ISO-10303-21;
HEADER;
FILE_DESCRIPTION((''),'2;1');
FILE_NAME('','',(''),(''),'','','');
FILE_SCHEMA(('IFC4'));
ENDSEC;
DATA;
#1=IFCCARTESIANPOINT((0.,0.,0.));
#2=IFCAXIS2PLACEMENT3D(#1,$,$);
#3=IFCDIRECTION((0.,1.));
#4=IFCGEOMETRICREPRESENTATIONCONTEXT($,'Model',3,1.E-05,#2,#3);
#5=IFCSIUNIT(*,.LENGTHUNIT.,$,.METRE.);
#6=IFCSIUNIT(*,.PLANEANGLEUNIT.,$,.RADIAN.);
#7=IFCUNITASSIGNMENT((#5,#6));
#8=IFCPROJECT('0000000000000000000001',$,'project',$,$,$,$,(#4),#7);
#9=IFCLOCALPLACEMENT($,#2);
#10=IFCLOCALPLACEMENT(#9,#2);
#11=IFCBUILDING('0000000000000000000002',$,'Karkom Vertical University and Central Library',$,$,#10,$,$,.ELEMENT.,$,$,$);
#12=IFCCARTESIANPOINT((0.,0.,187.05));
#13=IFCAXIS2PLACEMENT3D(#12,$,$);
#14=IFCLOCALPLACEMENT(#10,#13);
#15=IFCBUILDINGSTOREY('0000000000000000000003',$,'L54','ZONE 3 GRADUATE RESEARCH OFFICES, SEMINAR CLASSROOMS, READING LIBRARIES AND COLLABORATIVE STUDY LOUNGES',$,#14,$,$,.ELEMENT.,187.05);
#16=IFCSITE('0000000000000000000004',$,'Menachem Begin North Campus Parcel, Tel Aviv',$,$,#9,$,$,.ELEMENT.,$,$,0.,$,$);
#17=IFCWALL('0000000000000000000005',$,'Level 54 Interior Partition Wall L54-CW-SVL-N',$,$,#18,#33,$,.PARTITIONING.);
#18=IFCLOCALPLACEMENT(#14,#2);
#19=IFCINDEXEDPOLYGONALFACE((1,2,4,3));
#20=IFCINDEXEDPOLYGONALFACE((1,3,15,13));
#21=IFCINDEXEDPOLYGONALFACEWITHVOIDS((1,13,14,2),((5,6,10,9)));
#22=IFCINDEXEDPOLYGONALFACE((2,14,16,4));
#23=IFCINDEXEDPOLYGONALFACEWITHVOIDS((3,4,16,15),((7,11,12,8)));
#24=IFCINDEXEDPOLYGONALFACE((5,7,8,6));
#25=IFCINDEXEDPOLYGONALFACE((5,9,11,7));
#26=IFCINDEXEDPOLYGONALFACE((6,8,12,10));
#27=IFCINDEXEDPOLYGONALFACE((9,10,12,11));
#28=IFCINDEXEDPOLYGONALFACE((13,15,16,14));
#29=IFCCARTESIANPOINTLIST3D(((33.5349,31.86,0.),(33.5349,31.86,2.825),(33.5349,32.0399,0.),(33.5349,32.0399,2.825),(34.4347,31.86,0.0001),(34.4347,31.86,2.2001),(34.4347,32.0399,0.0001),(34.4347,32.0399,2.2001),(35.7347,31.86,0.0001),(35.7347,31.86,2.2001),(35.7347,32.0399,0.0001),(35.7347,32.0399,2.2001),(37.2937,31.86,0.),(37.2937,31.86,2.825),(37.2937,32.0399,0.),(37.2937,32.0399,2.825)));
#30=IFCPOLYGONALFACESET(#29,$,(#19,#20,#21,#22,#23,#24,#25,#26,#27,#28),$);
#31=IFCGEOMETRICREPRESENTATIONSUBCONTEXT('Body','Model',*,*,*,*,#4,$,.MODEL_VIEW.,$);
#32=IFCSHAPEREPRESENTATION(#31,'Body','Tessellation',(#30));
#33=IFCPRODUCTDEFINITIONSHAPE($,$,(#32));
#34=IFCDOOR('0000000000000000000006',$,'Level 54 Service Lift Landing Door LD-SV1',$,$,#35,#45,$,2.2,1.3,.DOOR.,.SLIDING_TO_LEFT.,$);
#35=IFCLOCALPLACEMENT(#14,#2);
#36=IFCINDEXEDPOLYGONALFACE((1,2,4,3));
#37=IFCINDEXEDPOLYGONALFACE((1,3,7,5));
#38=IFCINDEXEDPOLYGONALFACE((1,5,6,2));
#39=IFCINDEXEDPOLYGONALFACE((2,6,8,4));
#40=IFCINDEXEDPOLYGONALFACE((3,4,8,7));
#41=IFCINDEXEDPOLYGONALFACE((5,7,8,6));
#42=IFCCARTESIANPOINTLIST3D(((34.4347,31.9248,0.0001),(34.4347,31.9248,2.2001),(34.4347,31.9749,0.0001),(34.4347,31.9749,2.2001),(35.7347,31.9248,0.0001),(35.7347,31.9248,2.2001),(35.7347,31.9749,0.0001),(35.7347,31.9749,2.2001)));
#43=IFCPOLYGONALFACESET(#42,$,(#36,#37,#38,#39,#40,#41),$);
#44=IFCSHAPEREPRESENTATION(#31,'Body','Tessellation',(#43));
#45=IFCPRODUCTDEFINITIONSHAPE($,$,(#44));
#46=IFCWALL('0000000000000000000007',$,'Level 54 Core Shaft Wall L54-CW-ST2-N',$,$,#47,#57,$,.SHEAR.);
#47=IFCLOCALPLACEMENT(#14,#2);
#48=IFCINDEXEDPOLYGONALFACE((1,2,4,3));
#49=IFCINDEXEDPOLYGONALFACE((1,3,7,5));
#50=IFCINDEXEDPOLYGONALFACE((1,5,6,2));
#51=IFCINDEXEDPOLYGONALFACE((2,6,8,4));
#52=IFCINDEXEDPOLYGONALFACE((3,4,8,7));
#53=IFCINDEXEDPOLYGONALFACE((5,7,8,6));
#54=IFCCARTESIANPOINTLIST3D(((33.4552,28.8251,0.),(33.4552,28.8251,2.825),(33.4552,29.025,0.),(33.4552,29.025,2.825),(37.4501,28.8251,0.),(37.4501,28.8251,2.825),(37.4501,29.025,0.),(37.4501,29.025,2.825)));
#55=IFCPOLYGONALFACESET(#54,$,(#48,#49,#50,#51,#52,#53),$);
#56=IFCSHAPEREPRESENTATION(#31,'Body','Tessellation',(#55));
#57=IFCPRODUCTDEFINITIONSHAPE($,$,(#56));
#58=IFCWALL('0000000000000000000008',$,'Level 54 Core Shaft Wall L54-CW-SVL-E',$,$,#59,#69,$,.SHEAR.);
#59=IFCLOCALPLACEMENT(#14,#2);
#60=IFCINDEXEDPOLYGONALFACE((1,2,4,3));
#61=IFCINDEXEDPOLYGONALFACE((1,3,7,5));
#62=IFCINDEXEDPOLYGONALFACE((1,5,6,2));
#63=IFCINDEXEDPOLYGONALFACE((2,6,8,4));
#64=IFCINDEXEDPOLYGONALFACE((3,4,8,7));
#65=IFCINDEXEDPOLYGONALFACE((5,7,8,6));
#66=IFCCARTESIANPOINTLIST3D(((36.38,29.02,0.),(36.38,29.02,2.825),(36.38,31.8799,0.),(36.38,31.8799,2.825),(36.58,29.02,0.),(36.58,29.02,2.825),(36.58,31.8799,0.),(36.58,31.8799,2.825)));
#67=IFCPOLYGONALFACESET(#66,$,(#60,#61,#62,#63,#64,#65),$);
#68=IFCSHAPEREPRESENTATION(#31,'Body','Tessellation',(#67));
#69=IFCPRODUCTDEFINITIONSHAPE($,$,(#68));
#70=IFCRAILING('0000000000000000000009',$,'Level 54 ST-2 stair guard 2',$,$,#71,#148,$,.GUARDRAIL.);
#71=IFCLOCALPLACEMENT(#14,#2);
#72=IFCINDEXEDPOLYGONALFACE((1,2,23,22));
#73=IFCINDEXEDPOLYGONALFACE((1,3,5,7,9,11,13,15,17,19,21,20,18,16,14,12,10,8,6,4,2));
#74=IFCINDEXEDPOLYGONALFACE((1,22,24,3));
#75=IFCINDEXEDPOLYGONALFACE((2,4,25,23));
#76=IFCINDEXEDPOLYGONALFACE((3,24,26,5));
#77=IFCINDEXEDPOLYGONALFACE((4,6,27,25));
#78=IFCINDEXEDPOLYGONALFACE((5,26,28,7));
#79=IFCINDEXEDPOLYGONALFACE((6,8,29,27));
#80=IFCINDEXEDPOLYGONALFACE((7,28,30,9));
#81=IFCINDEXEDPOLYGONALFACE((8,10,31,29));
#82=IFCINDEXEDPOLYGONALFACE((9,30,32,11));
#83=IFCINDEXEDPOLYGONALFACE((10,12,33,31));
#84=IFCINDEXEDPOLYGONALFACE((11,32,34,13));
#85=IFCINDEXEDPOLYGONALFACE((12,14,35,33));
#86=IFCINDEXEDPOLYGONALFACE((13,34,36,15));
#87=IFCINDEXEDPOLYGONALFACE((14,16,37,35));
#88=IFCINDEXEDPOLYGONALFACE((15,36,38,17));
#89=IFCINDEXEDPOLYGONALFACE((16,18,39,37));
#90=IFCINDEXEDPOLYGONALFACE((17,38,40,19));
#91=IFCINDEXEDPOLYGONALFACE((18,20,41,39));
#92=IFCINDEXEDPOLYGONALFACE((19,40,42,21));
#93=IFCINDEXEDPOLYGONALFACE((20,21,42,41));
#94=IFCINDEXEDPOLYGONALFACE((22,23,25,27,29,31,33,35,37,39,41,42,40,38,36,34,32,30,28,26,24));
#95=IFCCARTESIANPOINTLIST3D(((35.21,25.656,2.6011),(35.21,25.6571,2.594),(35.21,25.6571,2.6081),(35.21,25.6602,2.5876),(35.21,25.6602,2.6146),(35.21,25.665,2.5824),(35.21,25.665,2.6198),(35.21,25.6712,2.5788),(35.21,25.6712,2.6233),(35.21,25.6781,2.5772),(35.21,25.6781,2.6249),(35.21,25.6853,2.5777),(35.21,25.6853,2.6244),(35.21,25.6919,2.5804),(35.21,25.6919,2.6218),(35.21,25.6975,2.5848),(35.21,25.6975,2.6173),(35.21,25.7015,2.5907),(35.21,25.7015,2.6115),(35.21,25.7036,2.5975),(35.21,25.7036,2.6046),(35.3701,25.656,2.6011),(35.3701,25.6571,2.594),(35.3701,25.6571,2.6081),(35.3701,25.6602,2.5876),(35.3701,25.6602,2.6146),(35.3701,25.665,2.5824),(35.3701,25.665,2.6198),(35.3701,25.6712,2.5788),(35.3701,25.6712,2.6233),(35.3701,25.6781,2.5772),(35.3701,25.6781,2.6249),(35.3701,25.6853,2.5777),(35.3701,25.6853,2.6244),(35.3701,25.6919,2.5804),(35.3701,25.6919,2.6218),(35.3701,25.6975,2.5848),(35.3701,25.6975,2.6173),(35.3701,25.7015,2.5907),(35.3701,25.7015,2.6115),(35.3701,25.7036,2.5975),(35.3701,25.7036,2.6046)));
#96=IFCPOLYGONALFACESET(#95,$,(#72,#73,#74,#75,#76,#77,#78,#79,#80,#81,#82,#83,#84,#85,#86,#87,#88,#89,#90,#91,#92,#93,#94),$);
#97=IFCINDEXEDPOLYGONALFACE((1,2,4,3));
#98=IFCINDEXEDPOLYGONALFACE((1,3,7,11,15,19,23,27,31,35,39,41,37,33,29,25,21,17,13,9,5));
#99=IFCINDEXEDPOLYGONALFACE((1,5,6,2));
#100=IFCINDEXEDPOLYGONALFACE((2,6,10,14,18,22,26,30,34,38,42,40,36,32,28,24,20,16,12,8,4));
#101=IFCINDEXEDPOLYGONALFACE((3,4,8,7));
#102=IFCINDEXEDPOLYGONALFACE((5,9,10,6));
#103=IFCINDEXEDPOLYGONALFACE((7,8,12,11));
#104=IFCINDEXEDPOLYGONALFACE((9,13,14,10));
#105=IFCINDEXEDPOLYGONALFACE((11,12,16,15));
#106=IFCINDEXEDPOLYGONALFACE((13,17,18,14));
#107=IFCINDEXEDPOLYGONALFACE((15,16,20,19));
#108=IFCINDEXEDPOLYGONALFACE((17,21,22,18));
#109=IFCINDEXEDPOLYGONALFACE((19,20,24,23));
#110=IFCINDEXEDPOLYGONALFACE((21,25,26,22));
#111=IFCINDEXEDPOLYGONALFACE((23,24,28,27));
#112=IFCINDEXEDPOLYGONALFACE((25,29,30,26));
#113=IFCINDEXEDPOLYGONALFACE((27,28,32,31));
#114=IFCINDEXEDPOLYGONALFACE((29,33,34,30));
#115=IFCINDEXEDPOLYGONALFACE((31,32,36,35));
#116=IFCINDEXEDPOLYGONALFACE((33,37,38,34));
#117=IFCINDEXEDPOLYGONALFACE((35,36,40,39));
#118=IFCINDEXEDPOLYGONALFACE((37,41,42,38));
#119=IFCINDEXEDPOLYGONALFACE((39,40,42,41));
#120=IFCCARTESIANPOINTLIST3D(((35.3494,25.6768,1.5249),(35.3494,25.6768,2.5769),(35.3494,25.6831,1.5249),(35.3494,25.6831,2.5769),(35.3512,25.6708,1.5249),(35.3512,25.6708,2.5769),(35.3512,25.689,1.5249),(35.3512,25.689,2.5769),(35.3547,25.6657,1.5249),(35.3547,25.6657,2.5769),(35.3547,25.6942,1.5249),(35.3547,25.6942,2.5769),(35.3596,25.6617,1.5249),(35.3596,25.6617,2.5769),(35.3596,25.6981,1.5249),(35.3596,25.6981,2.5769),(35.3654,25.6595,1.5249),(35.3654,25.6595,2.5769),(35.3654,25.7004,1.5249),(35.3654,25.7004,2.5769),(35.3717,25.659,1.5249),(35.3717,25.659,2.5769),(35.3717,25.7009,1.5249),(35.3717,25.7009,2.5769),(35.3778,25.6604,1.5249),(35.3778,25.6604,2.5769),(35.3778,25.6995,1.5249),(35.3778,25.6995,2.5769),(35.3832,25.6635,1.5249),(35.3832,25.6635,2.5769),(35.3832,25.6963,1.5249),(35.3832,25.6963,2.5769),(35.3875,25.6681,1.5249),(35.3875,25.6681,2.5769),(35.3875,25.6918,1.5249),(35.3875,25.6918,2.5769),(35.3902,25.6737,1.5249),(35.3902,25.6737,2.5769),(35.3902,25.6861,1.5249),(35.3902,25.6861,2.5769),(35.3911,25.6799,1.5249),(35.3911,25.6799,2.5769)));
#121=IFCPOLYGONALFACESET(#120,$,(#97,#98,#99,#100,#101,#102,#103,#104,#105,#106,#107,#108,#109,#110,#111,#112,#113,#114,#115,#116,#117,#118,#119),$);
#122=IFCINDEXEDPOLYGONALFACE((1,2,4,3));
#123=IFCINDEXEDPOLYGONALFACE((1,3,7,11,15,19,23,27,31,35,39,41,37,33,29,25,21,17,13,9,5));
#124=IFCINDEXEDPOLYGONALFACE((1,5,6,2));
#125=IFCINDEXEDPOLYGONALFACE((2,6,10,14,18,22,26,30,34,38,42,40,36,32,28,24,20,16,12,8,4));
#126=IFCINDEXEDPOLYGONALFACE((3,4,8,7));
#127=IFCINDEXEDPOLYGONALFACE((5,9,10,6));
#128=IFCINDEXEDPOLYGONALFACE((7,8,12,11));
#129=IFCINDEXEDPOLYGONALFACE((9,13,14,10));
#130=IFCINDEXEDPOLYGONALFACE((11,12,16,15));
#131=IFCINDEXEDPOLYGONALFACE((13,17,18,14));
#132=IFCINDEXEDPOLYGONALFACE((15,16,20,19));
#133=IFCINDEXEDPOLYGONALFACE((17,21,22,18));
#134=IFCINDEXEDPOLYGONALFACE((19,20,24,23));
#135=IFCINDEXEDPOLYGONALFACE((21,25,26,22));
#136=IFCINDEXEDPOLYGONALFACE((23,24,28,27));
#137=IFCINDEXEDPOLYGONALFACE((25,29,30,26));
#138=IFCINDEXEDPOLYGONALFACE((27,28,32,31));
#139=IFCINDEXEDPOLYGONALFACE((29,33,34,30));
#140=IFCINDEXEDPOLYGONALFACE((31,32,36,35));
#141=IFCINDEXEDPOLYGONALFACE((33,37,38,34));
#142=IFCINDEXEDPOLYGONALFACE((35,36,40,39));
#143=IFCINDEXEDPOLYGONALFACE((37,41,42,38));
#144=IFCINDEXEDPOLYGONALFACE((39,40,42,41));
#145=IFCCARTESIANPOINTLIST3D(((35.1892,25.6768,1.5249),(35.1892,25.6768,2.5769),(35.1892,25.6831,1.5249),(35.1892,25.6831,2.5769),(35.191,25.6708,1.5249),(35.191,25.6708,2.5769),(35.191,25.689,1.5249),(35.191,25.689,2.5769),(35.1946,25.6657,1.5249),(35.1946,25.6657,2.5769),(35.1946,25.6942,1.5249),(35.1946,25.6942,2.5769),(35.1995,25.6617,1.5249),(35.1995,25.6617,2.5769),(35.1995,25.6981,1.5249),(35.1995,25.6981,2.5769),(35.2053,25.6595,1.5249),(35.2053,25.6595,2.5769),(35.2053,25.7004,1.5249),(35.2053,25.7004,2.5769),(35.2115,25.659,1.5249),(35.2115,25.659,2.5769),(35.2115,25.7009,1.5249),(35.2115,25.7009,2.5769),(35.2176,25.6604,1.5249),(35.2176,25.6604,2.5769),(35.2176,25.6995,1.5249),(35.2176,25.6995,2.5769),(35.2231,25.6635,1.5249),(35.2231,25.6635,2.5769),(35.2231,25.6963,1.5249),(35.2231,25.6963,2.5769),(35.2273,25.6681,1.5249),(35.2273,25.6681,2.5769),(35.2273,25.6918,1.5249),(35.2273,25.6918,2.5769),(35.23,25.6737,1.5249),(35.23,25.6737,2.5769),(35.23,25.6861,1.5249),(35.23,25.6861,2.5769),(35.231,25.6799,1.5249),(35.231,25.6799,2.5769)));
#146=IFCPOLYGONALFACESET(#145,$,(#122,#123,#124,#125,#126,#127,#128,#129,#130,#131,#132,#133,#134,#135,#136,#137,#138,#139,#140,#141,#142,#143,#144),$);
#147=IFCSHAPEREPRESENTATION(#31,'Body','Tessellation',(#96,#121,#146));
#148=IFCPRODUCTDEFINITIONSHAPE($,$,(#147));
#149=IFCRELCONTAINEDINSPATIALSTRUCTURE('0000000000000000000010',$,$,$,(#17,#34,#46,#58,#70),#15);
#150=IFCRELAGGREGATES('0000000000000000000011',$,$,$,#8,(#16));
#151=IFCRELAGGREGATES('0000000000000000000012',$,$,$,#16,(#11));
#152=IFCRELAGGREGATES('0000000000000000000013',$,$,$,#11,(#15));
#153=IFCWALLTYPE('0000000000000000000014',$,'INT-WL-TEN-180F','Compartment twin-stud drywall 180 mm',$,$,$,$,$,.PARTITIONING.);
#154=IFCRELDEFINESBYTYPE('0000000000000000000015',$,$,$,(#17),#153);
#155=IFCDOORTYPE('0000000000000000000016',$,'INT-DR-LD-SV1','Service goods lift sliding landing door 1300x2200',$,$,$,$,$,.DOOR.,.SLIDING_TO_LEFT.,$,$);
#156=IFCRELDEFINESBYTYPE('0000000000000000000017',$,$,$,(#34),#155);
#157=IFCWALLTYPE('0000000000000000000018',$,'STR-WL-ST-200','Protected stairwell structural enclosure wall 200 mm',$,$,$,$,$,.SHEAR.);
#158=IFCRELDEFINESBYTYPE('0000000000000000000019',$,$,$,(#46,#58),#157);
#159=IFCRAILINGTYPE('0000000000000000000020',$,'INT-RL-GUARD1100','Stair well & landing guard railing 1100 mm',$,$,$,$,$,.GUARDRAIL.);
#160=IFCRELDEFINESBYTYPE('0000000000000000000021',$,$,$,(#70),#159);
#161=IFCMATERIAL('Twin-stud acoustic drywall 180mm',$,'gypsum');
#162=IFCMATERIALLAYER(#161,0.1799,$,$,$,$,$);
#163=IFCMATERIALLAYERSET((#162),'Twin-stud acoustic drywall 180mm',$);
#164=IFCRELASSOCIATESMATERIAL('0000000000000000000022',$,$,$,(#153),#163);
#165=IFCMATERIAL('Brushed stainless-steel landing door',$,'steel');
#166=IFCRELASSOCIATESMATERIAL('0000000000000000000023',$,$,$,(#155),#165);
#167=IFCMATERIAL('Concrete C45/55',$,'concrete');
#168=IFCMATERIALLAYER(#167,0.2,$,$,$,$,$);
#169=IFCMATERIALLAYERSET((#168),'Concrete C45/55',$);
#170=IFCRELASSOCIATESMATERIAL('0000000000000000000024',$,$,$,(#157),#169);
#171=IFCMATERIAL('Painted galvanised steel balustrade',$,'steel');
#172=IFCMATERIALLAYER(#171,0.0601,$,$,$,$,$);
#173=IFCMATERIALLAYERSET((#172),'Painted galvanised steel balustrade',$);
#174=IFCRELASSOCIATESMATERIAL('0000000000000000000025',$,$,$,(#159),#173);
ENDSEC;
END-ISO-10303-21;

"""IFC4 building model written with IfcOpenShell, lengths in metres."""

from ifc_helpers import new_model, si_unit, direction, frame, frame_2d, origin, origin_with_axes, origin_2d, place, context, subcontext, project, spatial, rectangle, circle, extrude, source, transform, mapped, material, layer, layer_set, type_object, element, fill, save


model = new_model("IFC4")

# Units and contexts
model_context = context("Model", 3, precision=1e-05, world=origin(), true_north=direction((0.0, 1.0)))
body_context = subcontext(model_context, "Body", "Model", "MODEL_VIEW")
ifc_project = project(units=[si_unit("LENGTHUNIT", "METRE"), si_unit("PLANEANGLEUNIT", "RADIAN")], contexts=[model_context])

# Site, building, storey
site_placement = place(None, origin())
site = spatial("IfcSite", under=ifc_project, at=site_placement, Name="Menachem Begin North Campus Parcel, Tel Aviv", CompositionType="ELEMENT", RefElevation=0.0)
building_placement = place(site_placement, origin())
building = spatial("IfcBuilding", under=site, at=building_placement, Name="Karkom Vertical University and Central Library", CompositionType="ELEMENT")
storey_placement = place(building_placement, frame((0.0, 0.0, 187.05)))
storey = spatial("IfcBuildingStorey", under=building, at=storey_placement, Name="L54", Description="ZONE 3 GRADUATE RESEARCH OFFICES, SEMINAR CLASSROOMS, READING LIBRARIES AND COLLABORATIVE STUDY LOUNGES", CompositionType="ELEMENT", Elevation=187.05)

# Wall, opening, door
ifc_material_1 = material(Name="Twin-stud acoustic drywall 180mm", Category="gypsum")
ifc_layer_1 = layer(ifc_material_1, 0.1799)
ifc_layer_set_1 = layer_set([ifc_layer_1], Name="Twin-stud acoustic drywall 180mm")
wall_type_1 = type_object("IfcWallType", Name="INT-WL-TEN-180F", Description="Compartment twin-stud drywall 180 mm", PredefinedType="PARTITIONING", material=ifc_layer_set_1)
wall_1_placement = place(storey_placement, frame((33.5349, 31.95, 0.0), z_axis=(0.0, 0.0, 1.0), x_axis=(1.0, 0.0, 0.0)))
wall_1 = element("IfcWall", 1, at=wall_1_placement, inside=storey, type_object=wall_type_1, Name="Level 54 Interior Partition Wall L54-CW-SVL-N", PredefinedType="PARTITIONING", context=body_context, shape_type="SweptSolid", body=[
    extrude(rectangle(XDim=3.7588, YDim=0.1799, at=frame_2d((1.8794, 0.0))), origin(), (0.0, 0.0, 1.0), 2.825),
])
opening_1_placement = place(wall_1_placement, frame((0.8999, 0.0, 0.0)))
opening_1 = element("IfcOpeningElement", 2, at=opening_1_placement, cuts=wall_1, PredefinedType="OPENING", context=body_context, shape_type="SweptSolid", body=[
    extrude(rectangle(XDim=1.3, YDim=2.2, at=frame_2d((0.6499, 1.1001))), frame((0.0, 0.1001, 0.0), z_axis=(0.0, -1.0, 0.0), x_axis=(1.0, 0.0, 0.0)), (0.0, 0.0, 1.0), 0.2),
])
ifc_material_2 = material(Name="Brushed stainless-steel landing door", Category="steel")
door_type_1 = type_object("IfcDoorType", Name="INT-DR-LD-SV1", Description="Service goods lift sliding landing door 1300x2200", OperationType="SLIDING_TO_LEFT", PredefinedType="DOOR", material=ifc_material_2)
shared_shape_1 = source(origin_with_axes(), body_context, "Body", "SweptSolid", [
    extrude(rectangle(XDim=1.3, YDim=2.2, at=frame_2d((0.6499, 1.1001))), frame((0.0, 0.0249, 0.0), z_axis=(0.0, -1.0, 0.0), x_axis=(1.0, 0.0, 0.0)), (0.0, 0.0, 1.0), 0.05),
])
door_1_placement = place(opening_1_placement, origin())
door_1 = element("IfcDoor", 3, at=door_1_placement, inside=storey, type_object=door_type_1, Name="Level 54 Service Lift Landing Door LD-SV1", OperationType="SLIDING_TO_LEFT", OverallHeight=2.2, OverallWidth=1.3, PredefinedType="DOOR", context=body_context, shape_type="MappedRepresentation", body=[
    mapped(shared_shape_1, transform((0.0, 0.0, 0.0), scale=1.0)),
])
fill(opening_1, door_1)

# Walls
ifc_material_3 = material(Name="Concrete C45/55", Category="concrete")
ifc_layer_2 = layer(ifc_material_3, 0.2)
ifc_layer_set_2 = layer_set([ifc_layer_2], Name="Concrete C45/55")
wall_type_2 = type_object("IfcWallType", Name="STR-WL-ST-200", Description="Protected stairwell structural enclosure wall 200 mm", PredefinedType="SHEAR", material=ifc_layer_set_2)
wall_2_placement = place(storey_placement, frame((33.4551, 28.925, 0.0), z_axis=(0.0, 0.0, 1.0), x_axis=(1.0, 0.0, 0.0)))
element("IfcWall", 4, at=wall_2_placement, inside=storey, type_object=wall_type_2, Name="Level 54 Core Shaft Wall L54-CW-ST2-N", PredefinedType="SHEAR", context=body_context, shape_type="SweptSolid", body=[
    extrude(rectangle(XDim=3.9949, YDim=0.2, at=frame_2d((1.9976, 0.0))), origin(), (0.0, 0.0, 1.0), 2.825),
])
wall_3_placement = place(storey_placement, frame((36.48, 29.02, 0.0), z_axis=(0.0, 0.0, 1.0), x_axis=(0.0, 1.0, 0.0)))
element("IfcWall", 5, at=wall_3_placement, inside=storey, type_object=wall_type_2, Name="Level 54 Core Shaft Wall L54-CW-SVL-E", PredefinedType="SHEAR", context=body_context, shape_type="SweptSolid", body=[
    extrude(rectangle(XDim=2.8599, YDim=0.2, at=frame_2d((1.4299, 0.0))), origin(), (0.0, 0.0, 1.0), 2.825),
])

# Railing
ifc_material_4 = material(Name="Painted galvanised steel balustrade", Category="steel")
ifc_layer_3 = layer(ifc_material_4, 0.0601)
ifc_layer_set_3 = layer_set([ifc_layer_3], Name="Painted galvanised steel balustrade")
railing_type_1 = type_object("IfcRailingType", Name="INT-RL-GUARD1100", Description="Stair well & landing guard railing 1100 mm", PredefinedType="GUARDRAIL", material=ifc_layer_set_3)
railing_1_placement = place(storey_placement, frame((35.3701, 25.6799, 1.5249)))
element("IfcRailing", 6, at=railing_1_placement, inside=storey, type_object=railing_type_1, Name="Level 54 ST-2 stair guard 2", PredefinedType="GUARDRAIL", context=body_context, shape_type="SweptSolid", body=[
    extrude(circle(Radius=0.0239, at=origin_2d()), frame((0.0, 0.0, 1.0762), z_axis=(-1.0, 0.0, 0.0), x_axis=(0.0, -1.0, 0.0)), (0.0, 0.0, 1.0), 0.1602),
    extrude(circle(Radius=0.021, at=origin_2d()), origin(), (0.0, 0.0, 1.0), 1.052),
    extrude(circle(Radius=0.021, at=origin_2d()), frame((-0.1602, 0.0, 0.0)), (0.0, 0.0, 1.0), 1.052),
])

save(model, "model.ifc")
